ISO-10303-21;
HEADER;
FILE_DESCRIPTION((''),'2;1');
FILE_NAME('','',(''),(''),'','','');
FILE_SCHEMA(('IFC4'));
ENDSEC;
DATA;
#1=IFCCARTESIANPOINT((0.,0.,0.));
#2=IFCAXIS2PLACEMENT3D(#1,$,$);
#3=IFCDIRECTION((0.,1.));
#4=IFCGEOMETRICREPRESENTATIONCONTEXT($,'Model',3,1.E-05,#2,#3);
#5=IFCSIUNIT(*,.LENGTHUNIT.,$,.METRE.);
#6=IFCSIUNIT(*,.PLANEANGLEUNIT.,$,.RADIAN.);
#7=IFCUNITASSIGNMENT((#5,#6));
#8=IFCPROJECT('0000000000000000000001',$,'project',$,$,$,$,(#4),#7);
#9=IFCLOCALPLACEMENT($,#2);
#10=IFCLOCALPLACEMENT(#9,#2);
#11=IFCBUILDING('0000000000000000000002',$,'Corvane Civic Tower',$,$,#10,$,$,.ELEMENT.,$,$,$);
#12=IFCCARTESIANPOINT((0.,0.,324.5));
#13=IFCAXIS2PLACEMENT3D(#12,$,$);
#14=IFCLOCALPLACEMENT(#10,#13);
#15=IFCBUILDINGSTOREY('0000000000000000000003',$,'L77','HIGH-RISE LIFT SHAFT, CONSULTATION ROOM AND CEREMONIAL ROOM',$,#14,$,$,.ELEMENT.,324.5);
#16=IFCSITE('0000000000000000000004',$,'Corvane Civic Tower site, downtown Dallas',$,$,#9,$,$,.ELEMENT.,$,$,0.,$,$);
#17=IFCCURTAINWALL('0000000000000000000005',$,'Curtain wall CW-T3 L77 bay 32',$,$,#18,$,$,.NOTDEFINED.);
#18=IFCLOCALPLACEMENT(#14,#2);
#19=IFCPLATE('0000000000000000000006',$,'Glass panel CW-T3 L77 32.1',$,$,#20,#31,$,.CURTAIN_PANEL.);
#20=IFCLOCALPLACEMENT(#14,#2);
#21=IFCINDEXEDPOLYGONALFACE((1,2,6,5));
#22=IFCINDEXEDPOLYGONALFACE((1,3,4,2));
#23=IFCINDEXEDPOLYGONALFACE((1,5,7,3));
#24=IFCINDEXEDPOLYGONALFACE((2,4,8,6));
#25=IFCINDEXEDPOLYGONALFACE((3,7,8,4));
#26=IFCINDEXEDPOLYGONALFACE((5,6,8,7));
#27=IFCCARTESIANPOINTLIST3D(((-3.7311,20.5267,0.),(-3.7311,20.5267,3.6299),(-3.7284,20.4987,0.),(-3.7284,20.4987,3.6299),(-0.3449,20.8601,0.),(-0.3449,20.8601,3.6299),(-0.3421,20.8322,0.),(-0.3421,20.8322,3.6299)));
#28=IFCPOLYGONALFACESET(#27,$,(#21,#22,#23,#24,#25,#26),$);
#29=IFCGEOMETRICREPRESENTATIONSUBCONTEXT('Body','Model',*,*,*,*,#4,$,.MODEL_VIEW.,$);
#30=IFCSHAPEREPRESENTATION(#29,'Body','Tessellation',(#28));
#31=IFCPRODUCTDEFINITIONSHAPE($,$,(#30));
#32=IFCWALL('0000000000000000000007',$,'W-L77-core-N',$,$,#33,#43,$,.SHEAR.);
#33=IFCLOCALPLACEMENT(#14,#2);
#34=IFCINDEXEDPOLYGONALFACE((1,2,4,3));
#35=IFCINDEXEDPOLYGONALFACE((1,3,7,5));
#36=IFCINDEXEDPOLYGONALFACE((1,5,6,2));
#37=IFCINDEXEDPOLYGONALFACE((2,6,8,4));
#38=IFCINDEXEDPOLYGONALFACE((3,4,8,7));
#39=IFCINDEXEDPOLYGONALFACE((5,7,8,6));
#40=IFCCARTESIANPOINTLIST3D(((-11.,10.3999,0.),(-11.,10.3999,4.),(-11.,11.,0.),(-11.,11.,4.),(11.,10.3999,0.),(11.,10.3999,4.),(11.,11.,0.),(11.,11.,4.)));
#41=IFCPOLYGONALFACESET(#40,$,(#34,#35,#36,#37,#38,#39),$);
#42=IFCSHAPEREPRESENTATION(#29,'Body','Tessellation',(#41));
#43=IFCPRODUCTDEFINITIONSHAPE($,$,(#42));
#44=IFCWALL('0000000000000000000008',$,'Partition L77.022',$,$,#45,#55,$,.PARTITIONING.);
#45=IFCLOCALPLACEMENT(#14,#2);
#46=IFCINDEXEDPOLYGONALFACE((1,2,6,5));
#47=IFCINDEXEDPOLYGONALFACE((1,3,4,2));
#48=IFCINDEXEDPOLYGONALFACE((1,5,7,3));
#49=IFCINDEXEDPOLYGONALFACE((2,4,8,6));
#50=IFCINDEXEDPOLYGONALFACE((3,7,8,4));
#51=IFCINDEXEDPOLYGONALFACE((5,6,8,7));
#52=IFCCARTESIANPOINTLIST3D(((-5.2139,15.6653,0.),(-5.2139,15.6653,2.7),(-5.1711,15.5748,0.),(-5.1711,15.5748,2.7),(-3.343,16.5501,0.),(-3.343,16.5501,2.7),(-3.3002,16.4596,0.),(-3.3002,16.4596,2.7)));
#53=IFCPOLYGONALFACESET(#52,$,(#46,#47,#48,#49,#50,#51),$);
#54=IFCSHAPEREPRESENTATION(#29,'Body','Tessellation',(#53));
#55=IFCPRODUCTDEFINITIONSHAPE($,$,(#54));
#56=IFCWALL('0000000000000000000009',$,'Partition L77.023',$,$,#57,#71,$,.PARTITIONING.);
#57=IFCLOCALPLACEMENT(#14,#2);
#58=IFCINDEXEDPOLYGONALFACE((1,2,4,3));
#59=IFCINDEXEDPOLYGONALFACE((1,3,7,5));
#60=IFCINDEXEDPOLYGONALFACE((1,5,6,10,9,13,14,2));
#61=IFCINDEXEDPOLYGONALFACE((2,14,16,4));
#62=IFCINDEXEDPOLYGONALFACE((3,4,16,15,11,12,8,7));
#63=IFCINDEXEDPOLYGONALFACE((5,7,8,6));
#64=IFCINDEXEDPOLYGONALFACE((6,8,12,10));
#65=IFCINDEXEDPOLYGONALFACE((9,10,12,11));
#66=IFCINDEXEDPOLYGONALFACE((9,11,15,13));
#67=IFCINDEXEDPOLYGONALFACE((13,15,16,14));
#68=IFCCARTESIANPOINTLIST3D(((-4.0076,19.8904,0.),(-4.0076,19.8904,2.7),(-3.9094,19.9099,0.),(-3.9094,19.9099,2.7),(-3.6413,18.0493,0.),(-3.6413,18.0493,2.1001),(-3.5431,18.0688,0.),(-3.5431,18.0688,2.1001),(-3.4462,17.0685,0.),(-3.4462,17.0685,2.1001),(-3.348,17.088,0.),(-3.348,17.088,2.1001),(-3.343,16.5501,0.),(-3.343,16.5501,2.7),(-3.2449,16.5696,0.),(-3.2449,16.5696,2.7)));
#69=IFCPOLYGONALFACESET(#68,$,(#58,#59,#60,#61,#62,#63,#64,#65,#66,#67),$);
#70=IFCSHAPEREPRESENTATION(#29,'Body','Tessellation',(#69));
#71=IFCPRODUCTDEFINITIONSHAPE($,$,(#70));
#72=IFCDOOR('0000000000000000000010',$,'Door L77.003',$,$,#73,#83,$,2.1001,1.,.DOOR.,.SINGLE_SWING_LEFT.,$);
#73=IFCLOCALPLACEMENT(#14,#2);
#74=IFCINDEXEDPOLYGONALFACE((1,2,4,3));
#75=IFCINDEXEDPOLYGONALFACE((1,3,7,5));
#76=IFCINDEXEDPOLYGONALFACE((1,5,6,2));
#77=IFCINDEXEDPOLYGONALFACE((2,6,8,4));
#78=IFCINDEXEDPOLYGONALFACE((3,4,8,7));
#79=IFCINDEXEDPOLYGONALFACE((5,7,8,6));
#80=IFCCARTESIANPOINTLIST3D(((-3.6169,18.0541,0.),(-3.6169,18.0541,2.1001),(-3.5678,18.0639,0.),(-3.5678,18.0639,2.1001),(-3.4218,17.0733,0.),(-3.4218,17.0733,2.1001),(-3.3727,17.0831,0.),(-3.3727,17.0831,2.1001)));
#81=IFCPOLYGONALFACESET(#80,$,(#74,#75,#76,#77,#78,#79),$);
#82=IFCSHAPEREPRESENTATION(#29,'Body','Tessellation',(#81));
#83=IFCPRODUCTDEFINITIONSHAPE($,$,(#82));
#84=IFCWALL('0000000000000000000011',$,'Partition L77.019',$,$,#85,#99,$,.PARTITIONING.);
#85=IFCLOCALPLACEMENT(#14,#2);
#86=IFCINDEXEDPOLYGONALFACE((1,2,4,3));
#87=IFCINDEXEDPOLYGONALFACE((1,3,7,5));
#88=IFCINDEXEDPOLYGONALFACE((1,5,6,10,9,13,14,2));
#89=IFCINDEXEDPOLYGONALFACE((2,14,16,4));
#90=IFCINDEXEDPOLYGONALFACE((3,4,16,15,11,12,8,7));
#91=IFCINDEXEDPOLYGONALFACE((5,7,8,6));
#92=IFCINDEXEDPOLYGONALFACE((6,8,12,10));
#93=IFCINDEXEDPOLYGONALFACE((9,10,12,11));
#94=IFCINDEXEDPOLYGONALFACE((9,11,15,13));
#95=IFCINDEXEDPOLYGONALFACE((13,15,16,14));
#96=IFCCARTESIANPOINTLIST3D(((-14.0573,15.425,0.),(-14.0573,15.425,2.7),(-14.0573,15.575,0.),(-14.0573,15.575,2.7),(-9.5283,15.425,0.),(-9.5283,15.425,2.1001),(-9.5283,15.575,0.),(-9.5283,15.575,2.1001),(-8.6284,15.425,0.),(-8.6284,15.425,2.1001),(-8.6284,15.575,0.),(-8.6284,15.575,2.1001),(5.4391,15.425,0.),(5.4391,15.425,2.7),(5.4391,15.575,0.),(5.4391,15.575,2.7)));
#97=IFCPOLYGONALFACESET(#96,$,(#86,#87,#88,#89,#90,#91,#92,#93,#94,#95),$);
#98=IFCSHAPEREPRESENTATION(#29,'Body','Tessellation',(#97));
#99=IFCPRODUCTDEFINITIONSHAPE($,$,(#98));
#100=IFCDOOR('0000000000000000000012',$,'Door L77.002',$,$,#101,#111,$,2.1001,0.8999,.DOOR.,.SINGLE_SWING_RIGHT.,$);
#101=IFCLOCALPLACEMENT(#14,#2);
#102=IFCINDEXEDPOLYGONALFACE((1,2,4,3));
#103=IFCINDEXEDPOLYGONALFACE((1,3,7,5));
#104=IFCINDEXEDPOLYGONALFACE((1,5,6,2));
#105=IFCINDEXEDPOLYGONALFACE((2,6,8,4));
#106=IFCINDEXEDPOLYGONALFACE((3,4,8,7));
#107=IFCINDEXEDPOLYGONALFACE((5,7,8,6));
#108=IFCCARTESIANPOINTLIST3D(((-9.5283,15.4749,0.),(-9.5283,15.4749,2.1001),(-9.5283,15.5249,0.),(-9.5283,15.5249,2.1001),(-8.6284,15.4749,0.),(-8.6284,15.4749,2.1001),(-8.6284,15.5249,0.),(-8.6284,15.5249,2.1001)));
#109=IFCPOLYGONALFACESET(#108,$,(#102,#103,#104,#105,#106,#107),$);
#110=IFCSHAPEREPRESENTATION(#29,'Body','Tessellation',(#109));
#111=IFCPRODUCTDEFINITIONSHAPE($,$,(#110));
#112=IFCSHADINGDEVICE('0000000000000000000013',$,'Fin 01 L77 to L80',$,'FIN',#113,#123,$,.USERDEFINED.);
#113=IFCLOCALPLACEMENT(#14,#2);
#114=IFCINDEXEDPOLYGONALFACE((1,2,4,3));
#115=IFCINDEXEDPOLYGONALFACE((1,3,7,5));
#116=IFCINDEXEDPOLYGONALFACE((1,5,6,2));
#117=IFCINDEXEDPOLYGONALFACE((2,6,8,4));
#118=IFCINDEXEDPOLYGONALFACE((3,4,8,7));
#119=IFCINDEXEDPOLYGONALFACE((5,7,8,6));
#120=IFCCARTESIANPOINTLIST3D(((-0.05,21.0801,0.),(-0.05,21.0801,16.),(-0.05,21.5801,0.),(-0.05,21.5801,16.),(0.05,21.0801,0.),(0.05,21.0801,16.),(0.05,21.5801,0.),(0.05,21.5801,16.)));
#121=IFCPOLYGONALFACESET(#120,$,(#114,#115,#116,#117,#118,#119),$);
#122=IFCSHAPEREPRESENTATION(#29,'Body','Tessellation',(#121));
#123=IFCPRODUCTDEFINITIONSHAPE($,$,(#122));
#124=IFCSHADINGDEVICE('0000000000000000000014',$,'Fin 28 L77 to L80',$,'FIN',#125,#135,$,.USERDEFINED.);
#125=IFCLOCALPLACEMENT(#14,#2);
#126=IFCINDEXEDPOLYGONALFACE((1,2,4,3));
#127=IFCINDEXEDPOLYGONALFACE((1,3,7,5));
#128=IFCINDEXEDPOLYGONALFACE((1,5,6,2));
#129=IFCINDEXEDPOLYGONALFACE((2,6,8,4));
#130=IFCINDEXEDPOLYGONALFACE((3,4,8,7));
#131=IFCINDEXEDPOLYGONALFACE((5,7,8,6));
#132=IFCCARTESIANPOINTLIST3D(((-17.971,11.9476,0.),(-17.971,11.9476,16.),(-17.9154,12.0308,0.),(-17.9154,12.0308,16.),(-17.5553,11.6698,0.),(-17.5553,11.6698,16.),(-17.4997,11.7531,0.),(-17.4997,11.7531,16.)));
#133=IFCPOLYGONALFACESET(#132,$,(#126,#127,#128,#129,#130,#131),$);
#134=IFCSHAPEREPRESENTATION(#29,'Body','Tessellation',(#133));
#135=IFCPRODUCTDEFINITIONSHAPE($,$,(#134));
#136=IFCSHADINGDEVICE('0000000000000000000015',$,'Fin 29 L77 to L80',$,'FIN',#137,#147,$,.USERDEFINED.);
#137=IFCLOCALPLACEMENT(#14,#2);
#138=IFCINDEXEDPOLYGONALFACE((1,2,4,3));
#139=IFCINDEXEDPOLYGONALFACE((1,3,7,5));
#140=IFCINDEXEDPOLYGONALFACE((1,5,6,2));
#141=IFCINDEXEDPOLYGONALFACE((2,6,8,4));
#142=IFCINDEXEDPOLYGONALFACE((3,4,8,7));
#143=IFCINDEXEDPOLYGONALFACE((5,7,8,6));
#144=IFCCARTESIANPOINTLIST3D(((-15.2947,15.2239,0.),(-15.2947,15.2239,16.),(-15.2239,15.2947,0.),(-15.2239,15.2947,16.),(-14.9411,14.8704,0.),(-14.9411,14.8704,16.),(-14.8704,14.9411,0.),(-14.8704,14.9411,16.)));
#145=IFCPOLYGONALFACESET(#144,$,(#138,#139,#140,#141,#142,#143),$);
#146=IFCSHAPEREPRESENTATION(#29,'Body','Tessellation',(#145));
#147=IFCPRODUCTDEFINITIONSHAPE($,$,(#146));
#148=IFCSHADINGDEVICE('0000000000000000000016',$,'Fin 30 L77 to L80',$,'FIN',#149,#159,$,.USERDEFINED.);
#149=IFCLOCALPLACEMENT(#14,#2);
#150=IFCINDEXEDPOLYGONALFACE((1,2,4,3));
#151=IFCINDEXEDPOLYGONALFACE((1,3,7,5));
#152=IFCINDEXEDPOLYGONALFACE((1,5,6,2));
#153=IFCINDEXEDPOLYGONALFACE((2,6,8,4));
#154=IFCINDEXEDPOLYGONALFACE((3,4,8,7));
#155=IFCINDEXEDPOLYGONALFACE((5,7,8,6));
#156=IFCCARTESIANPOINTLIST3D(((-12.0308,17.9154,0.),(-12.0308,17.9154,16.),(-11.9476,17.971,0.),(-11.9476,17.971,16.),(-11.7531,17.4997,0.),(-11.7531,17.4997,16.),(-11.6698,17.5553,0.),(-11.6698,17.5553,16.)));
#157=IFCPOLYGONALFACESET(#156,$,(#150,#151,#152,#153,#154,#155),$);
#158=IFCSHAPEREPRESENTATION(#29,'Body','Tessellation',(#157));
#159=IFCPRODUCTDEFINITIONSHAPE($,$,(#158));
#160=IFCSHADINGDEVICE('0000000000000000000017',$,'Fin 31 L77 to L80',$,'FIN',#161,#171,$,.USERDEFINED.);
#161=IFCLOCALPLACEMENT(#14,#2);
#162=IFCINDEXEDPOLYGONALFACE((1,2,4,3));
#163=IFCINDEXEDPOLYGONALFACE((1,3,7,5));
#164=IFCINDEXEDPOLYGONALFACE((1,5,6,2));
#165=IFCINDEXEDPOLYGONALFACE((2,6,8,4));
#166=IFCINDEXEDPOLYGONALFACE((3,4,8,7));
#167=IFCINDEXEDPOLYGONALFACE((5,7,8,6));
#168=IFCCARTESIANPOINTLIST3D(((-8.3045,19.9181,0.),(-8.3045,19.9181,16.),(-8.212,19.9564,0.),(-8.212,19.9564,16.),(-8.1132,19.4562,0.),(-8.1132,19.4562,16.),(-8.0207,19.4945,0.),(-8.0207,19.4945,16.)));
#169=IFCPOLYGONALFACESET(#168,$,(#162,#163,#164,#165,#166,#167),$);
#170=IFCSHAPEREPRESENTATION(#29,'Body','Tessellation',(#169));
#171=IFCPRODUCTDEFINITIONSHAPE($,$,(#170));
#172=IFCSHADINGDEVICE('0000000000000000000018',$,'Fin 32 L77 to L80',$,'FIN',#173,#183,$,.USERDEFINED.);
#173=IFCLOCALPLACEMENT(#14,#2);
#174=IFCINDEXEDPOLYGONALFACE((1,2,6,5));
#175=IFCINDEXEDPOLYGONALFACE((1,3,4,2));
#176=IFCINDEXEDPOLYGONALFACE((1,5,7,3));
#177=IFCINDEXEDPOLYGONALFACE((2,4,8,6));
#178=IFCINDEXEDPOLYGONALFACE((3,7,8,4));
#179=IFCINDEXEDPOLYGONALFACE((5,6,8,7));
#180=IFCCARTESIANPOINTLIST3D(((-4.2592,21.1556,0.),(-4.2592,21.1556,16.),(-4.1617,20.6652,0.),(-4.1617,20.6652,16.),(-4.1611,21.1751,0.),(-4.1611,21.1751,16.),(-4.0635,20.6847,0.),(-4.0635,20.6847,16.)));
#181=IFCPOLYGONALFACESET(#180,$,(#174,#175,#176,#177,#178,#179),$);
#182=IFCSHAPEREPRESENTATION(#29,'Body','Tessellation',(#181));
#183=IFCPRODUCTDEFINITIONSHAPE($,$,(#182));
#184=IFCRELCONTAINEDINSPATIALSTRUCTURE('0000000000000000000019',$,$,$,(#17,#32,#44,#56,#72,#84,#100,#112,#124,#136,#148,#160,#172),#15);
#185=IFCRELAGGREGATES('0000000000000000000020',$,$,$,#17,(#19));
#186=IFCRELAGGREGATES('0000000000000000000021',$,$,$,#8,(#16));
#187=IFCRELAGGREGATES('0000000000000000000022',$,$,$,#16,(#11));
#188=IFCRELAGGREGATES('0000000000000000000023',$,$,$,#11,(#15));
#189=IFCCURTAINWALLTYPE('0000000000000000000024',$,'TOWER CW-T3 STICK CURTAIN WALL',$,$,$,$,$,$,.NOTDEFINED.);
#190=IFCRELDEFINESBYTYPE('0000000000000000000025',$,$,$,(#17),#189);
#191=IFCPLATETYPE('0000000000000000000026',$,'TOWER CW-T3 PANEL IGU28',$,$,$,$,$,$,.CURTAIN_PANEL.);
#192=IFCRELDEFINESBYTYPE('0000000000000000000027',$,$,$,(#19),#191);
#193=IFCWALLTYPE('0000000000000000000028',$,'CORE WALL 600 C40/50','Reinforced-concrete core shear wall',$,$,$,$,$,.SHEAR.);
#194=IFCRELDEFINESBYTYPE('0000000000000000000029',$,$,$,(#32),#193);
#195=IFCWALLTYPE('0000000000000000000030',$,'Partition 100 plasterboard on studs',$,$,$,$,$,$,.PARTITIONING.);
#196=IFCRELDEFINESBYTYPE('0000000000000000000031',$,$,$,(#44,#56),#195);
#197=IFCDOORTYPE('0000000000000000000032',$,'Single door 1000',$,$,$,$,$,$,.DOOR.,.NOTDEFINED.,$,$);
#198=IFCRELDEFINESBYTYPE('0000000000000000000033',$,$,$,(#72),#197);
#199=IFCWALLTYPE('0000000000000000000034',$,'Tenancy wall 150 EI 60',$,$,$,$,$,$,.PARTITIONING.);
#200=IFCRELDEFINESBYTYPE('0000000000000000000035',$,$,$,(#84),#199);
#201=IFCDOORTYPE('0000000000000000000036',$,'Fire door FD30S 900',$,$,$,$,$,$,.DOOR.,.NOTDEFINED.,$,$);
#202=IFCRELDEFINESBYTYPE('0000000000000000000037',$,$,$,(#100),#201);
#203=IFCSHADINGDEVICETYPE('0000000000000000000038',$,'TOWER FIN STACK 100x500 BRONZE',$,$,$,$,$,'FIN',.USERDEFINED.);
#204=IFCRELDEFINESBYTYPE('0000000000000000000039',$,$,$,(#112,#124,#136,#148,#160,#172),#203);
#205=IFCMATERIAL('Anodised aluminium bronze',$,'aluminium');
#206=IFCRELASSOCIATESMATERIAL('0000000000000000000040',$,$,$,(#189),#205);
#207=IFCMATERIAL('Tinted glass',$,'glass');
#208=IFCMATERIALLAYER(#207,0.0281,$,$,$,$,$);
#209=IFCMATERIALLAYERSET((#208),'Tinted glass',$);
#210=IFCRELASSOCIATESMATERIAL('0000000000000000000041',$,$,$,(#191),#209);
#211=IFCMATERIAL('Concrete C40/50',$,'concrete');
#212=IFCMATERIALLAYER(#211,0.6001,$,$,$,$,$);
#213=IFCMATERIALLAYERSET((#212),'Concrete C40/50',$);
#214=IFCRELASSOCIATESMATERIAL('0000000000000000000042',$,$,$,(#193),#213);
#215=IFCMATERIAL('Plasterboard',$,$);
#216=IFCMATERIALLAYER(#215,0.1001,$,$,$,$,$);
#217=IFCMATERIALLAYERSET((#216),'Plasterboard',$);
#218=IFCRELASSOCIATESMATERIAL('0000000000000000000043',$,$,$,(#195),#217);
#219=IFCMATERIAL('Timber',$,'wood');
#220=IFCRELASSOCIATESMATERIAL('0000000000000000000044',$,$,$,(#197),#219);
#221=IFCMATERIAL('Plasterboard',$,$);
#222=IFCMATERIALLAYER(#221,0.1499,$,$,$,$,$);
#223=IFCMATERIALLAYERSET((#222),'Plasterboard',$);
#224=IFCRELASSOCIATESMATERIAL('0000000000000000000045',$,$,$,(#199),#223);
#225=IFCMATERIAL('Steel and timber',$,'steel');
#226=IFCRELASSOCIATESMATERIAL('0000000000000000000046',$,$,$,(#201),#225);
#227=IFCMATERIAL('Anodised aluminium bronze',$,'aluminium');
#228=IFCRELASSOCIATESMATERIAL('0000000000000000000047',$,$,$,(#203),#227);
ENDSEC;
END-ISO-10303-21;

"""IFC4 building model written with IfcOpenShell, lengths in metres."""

from ifc_helpers import new_model, si_unit, direction, frame, frame_2d, origin, origin_2d, place, context, subcontext, project, spatial, rectangle, extrude, material, layer, layer_set, material_profile, profile_set, type_object, element, fill, aggregate, save


model = new_model("IFC4")

# Units and contexts
model_context = context("Model", 3, precision=1e-05, world=origin(), true_north=direction((0.0, 1.0)))
body_context = subcontext(model_context, "Body", "Model", "MODEL_VIEW")
ifc_project = project(units=[si_unit("LENGTHUNIT", "METRE"), si_unit("PLANEANGLEUNIT", "RADIAN")], contexts=[model_context])

# Site, building, storey
site_placement = place(None, origin())
site = spatial("IfcSite", under=ifc_project, at=site_placement, Name="Corvane Civic Tower site, downtown Dallas", CompositionType="ELEMENT", RefElevation=0.0)
building_placement = place(site_placement, origin())
building = spatial("IfcBuilding", under=site, at=building_placement, Name="Corvane Civic Tower", CompositionType="ELEMENT")
storey_placement = place(building_placement, frame((0.0, 0.0, 324.5)))
storey = spatial("IfcBuildingStorey", under=building, at=storey_placement, Name="L77", Description="HIGH-RISE LIFT SHAFT, CONSULTATION ROOM AND CEREMONIAL ROOM", CompositionType="ELEMENT", Elevation=324.5)

# Curtain wall
ifc_material_1 = material(Name="Anodised aluminium bronze", Category="aluminium")
curtain_wall_type = type_object("IfcCurtainWallType", Name="TOWER CW-T3 STICK CURTAIN WALL", PredefinedType="NOTDEFINED", material=ifc_material_1)
curtain_wall_1_placement = place(storey_placement, origin())
curtain_wall_1 = element("IfcCurtainWall", 1, at=curtain_wall_1_placement, inside=storey, type_object=curtain_wall_type, Name="Curtain wall CW-T3 L77 bay 32", PredefinedType="NOTDEFINED")

# Plate
ifc_material_2 = material(Name="Tinted glass", Category="glass")
ifc_layer_1 = layer(ifc_material_2, 0.0281)
ifc_layer_set_1 = layer_set([ifc_layer_1], Name="Tinted glass")
plate_type = type_object("IfcPlateType", Name="TOWER CW-T3 PANEL IGU28", PredefinedType="CURTAIN_PANEL", material=ifc_layer_set_1)
plate_1_placement = place(storey_placement, frame((-2.0366, 20.6794, 0.0), z_axis=(0.0, 0.0, 1.0), x_axis=(0.995187, 0.097998, 0.0)))
plate_1 = element("IfcPlate", 2, at=plate_1_placement, type_object=plate_type, Name="Glass panel CW-T3 L77 32.1", PredefinedType="CURTAIN_PANEL", context=body_context, shape_type="SweptSolid", body=[
    extrude(rectangle(XDim=3.4026, YDim=0.0281, at=origin_2d()), origin(), (0.0, 0.0, 1.0), 3.6299),
])
aggregate(curtain_wall_1, [plate_1])

# Walls
ifc_material_3 = material(Name="Concrete C40/50", Category="concrete")
ifc_layer_2 = layer(ifc_material_3, 0.6001)
ifc_layer_set_2 = layer_set([ifc_layer_2], Name="Concrete C40/50")
wall_type_1 = type_object("IfcWallType", Name="CORE WALL 600 C40/50", Description="Reinforced-concrete core shear wall", PredefinedType="SHEAR", material=ifc_layer_set_2)
wall_1_placement = place(storey_placement, frame((-11.0, 10.7, 0.0), z_axis=(0.0, 0.0, 1.0), x_axis=(1.0, 0.0, 0.0)))
element("IfcWall", 3, at=wall_1_placement, inside=storey, type_object=wall_type_1, Name="W-L77-core-N", PredefinedType="SHEAR", context=body_context, shape_type="SweptSolid", body=[
    extrude(rectangle(XDim=22.0, YDim=0.6001, at=frame_2d((11.0, 0.0))), origin(), (0.0, 0.0, 1.0), 4.0),
])
ifc_material_4 = material(Name="Plasterboard")
ifc_layer_3 = layer(ifc_material_4, 0.1001)
ifc_layer_set_3 = layer_set([ifc_layer_3], Name="Plasterboard")
wall_type_2 = type_object("IfcWallType", Name="Partition 100 plasterboard on studs", PredefinedType="PARTITIONING", material=ifc_layer_set_3)
wall_2_placement = place(storey_placement, frame((-5.1924, 15.6201, 0.0), z_axis=(0.0, 0.0, 1.0), x_axis=(0.904004, 0.427523, 0.0)))
element("IfcWall", 4, at=wall_2_placement, inside=storey, type_object=wall_type_2, Name="Partition L77.022", PredefinedType="PARTITIONING", context=body_context, shape_type="SweptSolid", body=[
    extrude(rectangle(XDim=2.0696, YDim=0.1001, at=frame_2d((1.0347, 0.0))), origin(), (0.0, 0.0, 1.0), 2.7),
])

# Walls, openings, doors
wall_3_placement = place(storey_placement, frame((-3.9585, 19.9001, 0.0), z_axis=(0.0, 0.0, 1.0), x_axis=(0.195123, -0.980779, 0.0)))
wall_3 = element("IfcWall", 5, at=wall_3_placement, inside=storey, type_object=wall_type_2, Name="Partition L77.023", PredefinedType="PARTITIONING", context=body_context, shape_type="SweptSolid", body=[
    extrude(rectangle(XDim=3.4058, YDim=0.1001, at=frame_2d((1.7029, 0.0))), origin(), (0.0, 0.0, 1.0), 2.7),
])
opening_1_placement = place(wall_3_placement, frame((1.8772, 0.0, 0.0)))
opening_1 = element("IfcOpeningElement", 6, at=opening_1_placement, cuts=wall_3, PredefinedType="OPENING", context=body_context, shape_type="SweptSolid", body=[
    extrude(rectangle(XDim=1.0, YDim=2.1001, at=frame_2d((0.5, 1.05))), frame((0.0, 0.0601, 0.0), z_axis=(0.0, -1.0, 0.0), x_axis=(1.0, 0.0, 0.0)), (0.0, 0.0, 1.0), 0.1201),
])
ifc_material_5 = material(Name="Timber", Category="wood")
door_type_1 = type_object("IfcDoorType", Name="Single door 1000", OperationType="NOTDEFINED", PredefinedType="DOOR", material=ifc_material_5)
door_1_placement = place(opening_1_placement, origin())
door_1 = element("IfcDoor", 7, at=door_1_placement, inside=storey, type_object=door_type_1, Name="Door L77.003", OperationType="SINGLE_SWING_LEFT", OverallHeight=2.1001, OverallWidth=1.0, PredefinedType="DOOR", context=body_context, shape_type="SweptSolid", body=[
    extrude(rectangle(XDim=1.0, YDim=2.1001, at=frame_2d((0.5, 1.05))), frame((0.0, 0.0249, 0.0), z_axis=(0.0, -1.0, 0.0), x_axis=(1.0, 0.0, 0.0)), (0.0, 0.0, 1.0), 0.05),
])
fill(opening_1, door_1)
ifc_material_6 = material(Name="Plasterboard")
ifc_layer_4 = layer(ifc_material_6, 0.1499)
ifc_layer_set_4 = layer_set([ifc_layer_4], Name="Plasterboard")
wall_type_3 = type_object("IfcWallType", Name="Tenancy wall 150 EI 60", PredefinedType="PARTITIONING", material=ifc_layer_set_4)
wall_4_placement = place(storey_placement, frame((-14.0571, 15.5, 0.0), z_axis=(0.0, 0.0, 1.0), x_axis=(1.0, 0.0, 0.0)))
wall_4 = element("IfcWall", 8, at=wall_4_placement, inside=storey, type_object=wall_type_3, Name="Partition L77.019", PredefinedType="PARTITIONING", context=body_context, shape_type="SweptSolid", body=[
    extrude(rectangle(XDim=19.4963, YDim=0.1499, at=frame_2d((9.748, 0.0))), origin(), (0.0, 0.0, 1.0), 2.7),
])
opening_2_placement = place(wall_4_placement, frame((4.5288, 0.0, 0.0)))
opening_2 = element("IfcOpeningElement", 9, at=opening_2_placement, cuts=wall_4, PredefinedType="OPENING", context=body_context, shape_type="SweptSolid", body=[
    extrude(rectangle(XDim=0.8999, YDim=2.1001, at=frame_2d((0.45, 1.05))), frame((0.0, 0.085, 0.0), z_axis=(0.0, -1.0, 0.0), x_axis=(1.0, 0.0, 0.0)), (0.0, 0.0, 1.0), 0.1699),
])
ifc_material_7 = material(Name="Steel and timber", Category="steel")
door_type_2 = type_object("IfcDoorType", Name="Fire door FD30S 900", OperationType="NOTDEFINED", PredefinedType="DOOR", material=ifc_material_7)
door_2_placement = place(opening_2_placement, origin())
door_2 = element("IfcDoor", 10, at=door_2_placement, inside=storey, type_object=door_type_2, Name="Door L77.002", OperationType="SINGLE_SWING_RIGHT", OverallHeight=2.1001, OverallWidth=0.8999, PredefinedType="DOOR", context=body_context, shape_type="SweptSolid", body=[
    extrude(rectangle(XDim=0.8999, YDim=2.1001, at=frame_2d((0.45, 1.05))), frame((0.0, 0.0249, 0.0), z_axis=(0.0, -1.0, 0.0), x_axis=(1.0, 0.0, 0.0)), (0.0, 0.0, 1.0), 0.05),
])
fill(opening_2, door_2)

# Shading devices
ifc_material_8 = material(Name="Anodised aluminium bronze", Category="aluminium")
ifc_material_profile_1 = material_profile(ifc_material_8, rectangle(XDim=0.1001, YDim=0.5, at=origin_2d()), Name="TOWER FIN STACK 100x500 BRONZE")
ifc_profile_set_1 = profile_set([ifc_material_profile_1], Name="Anodised aluminium bronze")
shading_device_type = type_object("IfcShadingDeviceType", Name="TOWER FIN STACK 100x500 BRONZE", ElementType="FIN", PredefinedType="USERDEFINED", material=ifc_profile_set_1)
for number, where, z_axis, x_axis, name in (
    (11, (0.0, 21.3301, 0.0), (0.0, 0.0, 1.0), (1.0, 0.0, 0.0), "Fin 01 L77 to L80"),
    (12, (-17.7354, 11.8503, 0.0), (0.0, 0.0, 1.0), (0.55557, 0.83147, 0.0), "Fin 28 L77 to L80"),
    (13, (-15.0825, 15.0825, 0.0), (0.0, 0.0, 1.0), (0.707107, 0.707107, 0.0), "Fin 29 L77 to L80"),
    (14, (-11.8503, 17.7354, 0.0), (0.0, 0.0, 1.0), (0.83147, 0.55557, 0.0), "Fin 30 L77 to L80"),
    (15, (-8.1626, 19.7063, 0.0), (0.0, 0.0, 1.0), (0.92388, 0.382683, 0.0), "Fin 31 L77 to L80"),
    (16, (-4.1614, 20.9202, 0.0), (0.0, 0.0, 1.0), (0.980785, 0.19509, 0.0), "Fin 32 L77 to L80"),
):
    element("IfcShadingDevice", number, at=place(storey_placement, frame(where, z_axis=z_axis, x_axis=x_axis)), inside=storey, type_object=shading_device_type, Name=name, ObjectType="FIN", PredefinedType="USERDEFINED", context=body_context, shape_type="SweptSolid", body=[
        extrude(rectangle(XDim=0.1001, YDim=0.5, at=origin_2d()), origin(), (0.0, 0.0, 1.0), 16.0),
    ])

save(model, "model.ifc")
